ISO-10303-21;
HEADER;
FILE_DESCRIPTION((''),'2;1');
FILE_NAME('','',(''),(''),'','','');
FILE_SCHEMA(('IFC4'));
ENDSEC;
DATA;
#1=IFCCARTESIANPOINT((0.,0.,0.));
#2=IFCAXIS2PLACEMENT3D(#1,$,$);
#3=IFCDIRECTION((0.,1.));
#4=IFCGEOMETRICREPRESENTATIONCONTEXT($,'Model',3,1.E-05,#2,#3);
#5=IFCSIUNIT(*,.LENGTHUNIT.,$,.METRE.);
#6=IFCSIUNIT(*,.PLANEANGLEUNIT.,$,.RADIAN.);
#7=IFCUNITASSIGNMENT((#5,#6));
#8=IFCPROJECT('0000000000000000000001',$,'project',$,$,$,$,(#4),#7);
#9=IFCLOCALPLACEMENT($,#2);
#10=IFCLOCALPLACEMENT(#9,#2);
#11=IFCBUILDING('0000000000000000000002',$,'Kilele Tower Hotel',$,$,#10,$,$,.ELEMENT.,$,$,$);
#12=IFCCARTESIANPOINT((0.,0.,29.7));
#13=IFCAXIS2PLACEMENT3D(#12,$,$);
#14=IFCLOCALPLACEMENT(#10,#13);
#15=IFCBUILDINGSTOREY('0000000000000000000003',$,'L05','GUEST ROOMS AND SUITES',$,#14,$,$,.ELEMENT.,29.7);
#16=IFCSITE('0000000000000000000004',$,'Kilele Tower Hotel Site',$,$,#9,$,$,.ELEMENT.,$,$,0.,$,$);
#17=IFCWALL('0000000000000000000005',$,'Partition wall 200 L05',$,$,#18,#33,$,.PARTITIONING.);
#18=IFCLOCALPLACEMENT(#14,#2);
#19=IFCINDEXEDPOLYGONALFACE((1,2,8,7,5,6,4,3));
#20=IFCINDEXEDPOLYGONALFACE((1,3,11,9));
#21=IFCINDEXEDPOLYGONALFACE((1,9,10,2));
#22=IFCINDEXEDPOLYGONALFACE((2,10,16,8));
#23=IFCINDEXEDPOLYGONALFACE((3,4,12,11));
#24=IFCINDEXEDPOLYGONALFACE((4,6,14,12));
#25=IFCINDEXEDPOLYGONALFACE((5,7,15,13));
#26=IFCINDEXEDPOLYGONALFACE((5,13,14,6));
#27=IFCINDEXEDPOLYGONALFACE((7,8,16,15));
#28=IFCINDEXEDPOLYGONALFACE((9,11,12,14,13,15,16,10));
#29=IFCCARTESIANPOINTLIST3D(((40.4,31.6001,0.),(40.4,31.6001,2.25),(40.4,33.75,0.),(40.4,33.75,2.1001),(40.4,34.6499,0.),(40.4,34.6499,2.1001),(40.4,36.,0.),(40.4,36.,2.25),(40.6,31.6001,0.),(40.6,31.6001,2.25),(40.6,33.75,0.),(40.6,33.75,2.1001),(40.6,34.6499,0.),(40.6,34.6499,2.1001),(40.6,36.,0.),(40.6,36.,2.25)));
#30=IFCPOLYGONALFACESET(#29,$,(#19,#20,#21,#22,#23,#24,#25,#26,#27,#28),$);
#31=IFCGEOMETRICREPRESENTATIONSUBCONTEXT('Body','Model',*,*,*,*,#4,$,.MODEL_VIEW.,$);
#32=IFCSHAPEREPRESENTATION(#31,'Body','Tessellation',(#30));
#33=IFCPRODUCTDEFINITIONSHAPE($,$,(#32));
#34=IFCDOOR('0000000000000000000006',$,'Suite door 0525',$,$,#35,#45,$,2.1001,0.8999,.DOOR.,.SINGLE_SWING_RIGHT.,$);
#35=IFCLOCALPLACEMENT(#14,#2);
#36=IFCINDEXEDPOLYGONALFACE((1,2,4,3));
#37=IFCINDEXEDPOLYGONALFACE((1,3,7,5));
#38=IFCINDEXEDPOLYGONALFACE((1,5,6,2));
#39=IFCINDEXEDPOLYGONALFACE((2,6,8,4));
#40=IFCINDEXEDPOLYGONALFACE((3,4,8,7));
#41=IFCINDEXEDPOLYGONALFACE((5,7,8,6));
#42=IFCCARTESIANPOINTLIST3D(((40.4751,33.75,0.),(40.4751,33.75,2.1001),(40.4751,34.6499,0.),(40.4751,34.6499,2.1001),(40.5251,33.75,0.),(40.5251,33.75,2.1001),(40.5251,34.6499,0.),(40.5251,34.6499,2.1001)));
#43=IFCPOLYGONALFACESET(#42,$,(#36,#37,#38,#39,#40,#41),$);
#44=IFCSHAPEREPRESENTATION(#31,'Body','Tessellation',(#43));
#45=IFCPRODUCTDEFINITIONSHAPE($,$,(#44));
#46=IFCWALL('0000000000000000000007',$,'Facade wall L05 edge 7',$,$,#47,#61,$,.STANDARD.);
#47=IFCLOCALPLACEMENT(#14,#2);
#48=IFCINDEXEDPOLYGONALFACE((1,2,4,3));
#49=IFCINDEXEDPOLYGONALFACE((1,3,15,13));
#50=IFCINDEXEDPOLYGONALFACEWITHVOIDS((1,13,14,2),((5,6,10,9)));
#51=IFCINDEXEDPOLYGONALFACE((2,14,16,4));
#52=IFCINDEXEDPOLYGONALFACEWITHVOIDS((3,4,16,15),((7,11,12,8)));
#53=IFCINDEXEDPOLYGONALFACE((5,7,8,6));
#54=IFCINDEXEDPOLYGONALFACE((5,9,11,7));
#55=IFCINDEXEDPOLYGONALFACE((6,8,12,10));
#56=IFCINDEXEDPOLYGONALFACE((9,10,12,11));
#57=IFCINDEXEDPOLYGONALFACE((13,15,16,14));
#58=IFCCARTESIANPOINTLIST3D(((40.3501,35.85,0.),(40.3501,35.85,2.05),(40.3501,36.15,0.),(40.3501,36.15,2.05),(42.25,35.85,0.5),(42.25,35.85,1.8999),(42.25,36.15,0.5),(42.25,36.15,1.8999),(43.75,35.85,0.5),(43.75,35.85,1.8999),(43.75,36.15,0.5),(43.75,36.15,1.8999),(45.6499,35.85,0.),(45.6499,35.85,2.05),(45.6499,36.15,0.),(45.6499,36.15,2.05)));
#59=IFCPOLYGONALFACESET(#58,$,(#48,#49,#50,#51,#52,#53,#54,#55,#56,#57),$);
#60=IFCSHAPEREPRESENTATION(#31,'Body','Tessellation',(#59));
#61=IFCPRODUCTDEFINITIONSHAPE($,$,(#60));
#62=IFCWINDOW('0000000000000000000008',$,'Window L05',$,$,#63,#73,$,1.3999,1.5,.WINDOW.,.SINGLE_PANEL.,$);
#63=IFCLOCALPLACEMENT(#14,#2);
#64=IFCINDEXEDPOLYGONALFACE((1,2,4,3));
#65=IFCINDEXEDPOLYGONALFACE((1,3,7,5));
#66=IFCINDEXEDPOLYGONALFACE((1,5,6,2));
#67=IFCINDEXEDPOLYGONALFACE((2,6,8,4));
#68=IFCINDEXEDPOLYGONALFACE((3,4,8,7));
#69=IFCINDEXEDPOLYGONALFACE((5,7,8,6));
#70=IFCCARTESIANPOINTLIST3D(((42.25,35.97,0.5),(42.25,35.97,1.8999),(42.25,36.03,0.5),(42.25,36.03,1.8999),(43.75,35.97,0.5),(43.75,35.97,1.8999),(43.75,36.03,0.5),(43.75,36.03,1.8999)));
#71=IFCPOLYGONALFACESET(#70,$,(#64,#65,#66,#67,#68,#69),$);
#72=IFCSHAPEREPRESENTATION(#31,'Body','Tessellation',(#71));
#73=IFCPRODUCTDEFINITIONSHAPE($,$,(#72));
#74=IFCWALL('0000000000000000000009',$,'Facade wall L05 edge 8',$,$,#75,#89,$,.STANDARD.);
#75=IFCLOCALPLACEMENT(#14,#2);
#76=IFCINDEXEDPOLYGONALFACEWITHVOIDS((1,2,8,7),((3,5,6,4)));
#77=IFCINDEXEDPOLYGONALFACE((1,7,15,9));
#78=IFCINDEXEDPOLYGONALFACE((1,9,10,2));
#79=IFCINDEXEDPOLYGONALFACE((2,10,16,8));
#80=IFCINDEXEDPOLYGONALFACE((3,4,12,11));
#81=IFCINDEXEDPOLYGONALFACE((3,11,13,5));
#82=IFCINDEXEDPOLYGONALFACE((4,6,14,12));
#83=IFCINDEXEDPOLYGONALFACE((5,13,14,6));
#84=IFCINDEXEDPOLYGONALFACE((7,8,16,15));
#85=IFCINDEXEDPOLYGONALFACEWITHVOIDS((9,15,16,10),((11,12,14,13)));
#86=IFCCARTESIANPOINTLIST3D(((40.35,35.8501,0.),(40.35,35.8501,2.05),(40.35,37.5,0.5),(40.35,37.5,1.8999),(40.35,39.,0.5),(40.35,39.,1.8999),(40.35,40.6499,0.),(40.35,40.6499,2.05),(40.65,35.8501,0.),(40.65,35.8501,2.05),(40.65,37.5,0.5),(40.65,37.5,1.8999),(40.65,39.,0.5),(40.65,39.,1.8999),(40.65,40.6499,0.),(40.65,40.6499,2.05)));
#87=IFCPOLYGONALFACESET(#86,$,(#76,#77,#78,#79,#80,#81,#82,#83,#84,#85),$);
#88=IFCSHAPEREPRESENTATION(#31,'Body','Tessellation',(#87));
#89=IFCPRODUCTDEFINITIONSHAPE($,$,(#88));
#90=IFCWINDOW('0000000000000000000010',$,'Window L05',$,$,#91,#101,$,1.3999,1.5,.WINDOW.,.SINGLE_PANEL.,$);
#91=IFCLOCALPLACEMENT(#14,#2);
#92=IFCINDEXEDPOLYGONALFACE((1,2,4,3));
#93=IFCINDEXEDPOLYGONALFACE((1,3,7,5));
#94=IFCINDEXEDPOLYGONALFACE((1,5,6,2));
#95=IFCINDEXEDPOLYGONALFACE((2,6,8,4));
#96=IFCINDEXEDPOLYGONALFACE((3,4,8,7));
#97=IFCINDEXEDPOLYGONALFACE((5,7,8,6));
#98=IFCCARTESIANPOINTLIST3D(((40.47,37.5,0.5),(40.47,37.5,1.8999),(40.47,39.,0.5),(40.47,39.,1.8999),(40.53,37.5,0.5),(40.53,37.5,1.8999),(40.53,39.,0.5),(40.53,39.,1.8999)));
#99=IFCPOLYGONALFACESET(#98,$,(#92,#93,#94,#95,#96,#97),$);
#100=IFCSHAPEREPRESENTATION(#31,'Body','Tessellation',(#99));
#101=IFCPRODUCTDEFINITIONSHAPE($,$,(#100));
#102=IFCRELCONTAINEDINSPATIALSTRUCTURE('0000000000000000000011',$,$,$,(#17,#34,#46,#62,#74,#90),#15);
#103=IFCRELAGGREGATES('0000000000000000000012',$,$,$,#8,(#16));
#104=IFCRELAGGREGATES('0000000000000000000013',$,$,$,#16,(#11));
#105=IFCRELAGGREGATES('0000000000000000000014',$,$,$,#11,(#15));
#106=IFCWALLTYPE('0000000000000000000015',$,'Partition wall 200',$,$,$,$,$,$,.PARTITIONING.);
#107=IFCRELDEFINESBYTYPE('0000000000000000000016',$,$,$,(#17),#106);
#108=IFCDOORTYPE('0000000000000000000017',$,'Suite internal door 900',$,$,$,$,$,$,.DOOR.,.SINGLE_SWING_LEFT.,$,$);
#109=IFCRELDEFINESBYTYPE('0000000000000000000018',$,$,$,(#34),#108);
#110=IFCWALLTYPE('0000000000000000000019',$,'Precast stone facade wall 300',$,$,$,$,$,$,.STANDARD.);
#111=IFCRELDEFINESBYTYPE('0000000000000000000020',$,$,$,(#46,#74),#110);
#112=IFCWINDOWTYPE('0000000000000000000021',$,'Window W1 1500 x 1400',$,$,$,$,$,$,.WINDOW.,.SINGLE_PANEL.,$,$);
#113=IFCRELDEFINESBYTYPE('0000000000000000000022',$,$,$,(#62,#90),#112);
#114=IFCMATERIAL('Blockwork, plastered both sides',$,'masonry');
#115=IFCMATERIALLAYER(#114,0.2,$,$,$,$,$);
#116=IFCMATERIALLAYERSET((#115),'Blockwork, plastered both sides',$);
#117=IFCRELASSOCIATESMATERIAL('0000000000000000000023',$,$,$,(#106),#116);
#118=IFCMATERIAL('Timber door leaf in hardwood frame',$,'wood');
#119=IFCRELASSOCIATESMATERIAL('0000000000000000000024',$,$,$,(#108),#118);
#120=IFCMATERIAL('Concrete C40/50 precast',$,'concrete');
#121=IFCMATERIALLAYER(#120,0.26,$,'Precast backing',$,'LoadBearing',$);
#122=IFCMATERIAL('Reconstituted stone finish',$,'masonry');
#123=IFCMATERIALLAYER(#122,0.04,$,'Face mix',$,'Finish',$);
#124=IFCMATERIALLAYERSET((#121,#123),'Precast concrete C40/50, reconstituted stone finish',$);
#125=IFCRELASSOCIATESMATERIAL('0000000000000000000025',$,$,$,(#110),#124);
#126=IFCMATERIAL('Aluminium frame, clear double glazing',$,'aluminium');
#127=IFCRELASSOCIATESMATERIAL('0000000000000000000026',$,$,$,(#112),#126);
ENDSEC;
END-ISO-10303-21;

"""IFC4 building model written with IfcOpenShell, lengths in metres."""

from ifc_helpers import new_model, si_unit, direction, frame, frame_2d, origin, place, context, subcontext, project, spatial, rectangle, extrude, material, layer, layer_set, type_object, element, fill, save


model = new_model("IFC4")

# Units and contexts
model_context = context("Model", 3, precision=1e-05, world=origin(), true_north=direction((0.0, 1.0)))
body_context = subcontext(model_context, "Body", "Model", "MODEL_VIEW")
ifc_project = project(units=[si_unit("LENGTHUNIT", "METRE"), si_unit("PLANEANGLEUNIT", "RADIAN")], contexts=[model_context])

# Site, building, storey
site_placement = place(None, origin())
site = spatial("IfcSite", under=ifc_project, at=site_placement, Name="Kilele Tower Hotel Site", CompositionType="ELEMENT", RefElevation=0.0)
building_placement = place(site_placement, origin())
building = spatial("IfcBuilding", under=site, at=building_placement, Name="Kilele Tower Hotel", CompositionType="ELEMENT")
storey_placement = place(building_placement, frame((0.0, 0.0, 29.7)))
storey = spatial("IfcBuildingStorey", under=building, at=storey_placement, Name="L05", Description="GUEST ROOMS AND SUITES", CompositionType="ELEMENT", Elevation=29.7)

# Wall, opening, door
ifc_material_1 = material(Name="Blockwork, plastered both sides", Category="masonry")
ifc_layer_1 = layer(ifc_material_1, 0.2)
ifc_layer_set_1 = layer_set([ifc_layer_1], Name="Blockwork, plastered both sides")
wall_type_1 = type_object("IfcWallType", Name="Partition wall 200", PredefinedType="PARTITIONING", material=ifc_layer_set_1)
wall_1_placement = place(storey_placement, frame((40.5, 31.6001, 0.0), z_axis=(0.0, 0.0, 1.0), x_axis=(0.0, 1.0, 0.0)))
wall_1 = element("IfcWall", 1, at=wall_1_placement, inside=storey, type_object=wall_type_1, Name="Partition wall 200 L05", PredefinedType="PARTITIONING", context=body_context, shape_type="SweptSolid", body=[
    extrude(rectangle(XDim=4.3999, YDim=0.2, at=frame_2d((2.2, 0.0))), origin(), (0.0, 0.0, 1.0), 2.25),
])
opening_1_placement = place(wall_1_placement, frame((2.1499, 0.0, 0.0)))
opening_1 = element("IfcOpeningElement", 2, at=opening_1_placement, cuts=wall_1, PredefinedType="OPENING", context=body_context, shape_type="SweptSolid", body=[
    extrude(rectangle(XDim=0.8999, YDim=2.1001, at=frame_2d((0.45, 1.05))), frame((0.0, 0.1099, 0.0), z_axis=(0.0, -1.0, 0.0), x_axis=(1.0, 0.0, 0.0)), (0.0, 0.0, 1.0), 0.22),
])
ifc_material_2 = material(Name="Timber door leaf in hardwood frame", Category="wood")
door_type_1 = type_object("IfcDoorType", Name="Suite internal door 900", OperationType="SINGLE_SWING_LEFT", PredefinedType="DOOR", material=ifc_material_2)
door_1_placement = place(opening_1_placement, origin())
door_1 = element("IfcDoor", 3, at=door_1_placement, inside=storey, type_object=door_type_1, Name="Suite door 0525", OperationType="SINGLE_SWING_RIGHT", OverallHeight=2.1001, OverallWidth=0.8999, PredefinedType="DOOR", context=body_context, shape_type="SweptSolid", body=[
    extrude(rectangle(XDim=0.8999, YDim=2.1001, at=frame_2d((0.45, 1.05))), frame((0.0, 0.0249, 0.0), z_axis=(0.0, -1.0, 0.0), x_axis=(1.0, 0.0, 0.0)), (0.0, 0.0, 1.0), 0.05),
])
fill(opening_1, door_1)

# Walls, openings, windows
ifc_material_3 = material(Name="Concrete C40/50 precast", Category="concrete")
ifc_layer_2 = layer(ifc_material_3, 0.26, Name="Precast backing", Category="LoadBearing")
ifc_material_4 = material(Name="Reconstituted stone finish", Category="masonry")
ifc_layer_3 = layer(ifc_material_4, 0.04, Name="Face mix", Category="Finish")
ifc_layer_set_2 = layer_set([ifc_layer_2, ifc_layer_3], Name="Precast concrete C40/50, reconstituted stone finish")
wall_type_2 = type_object("IfcWallType", Name="Precast stone facade wall 300", PredefinedType="STANDARD", material=ifc_layer_set_2)
wall_2_placement = place(storey_placement, frame((45.6499, 36.0, 0.0), z_axis=(0.0, 0.0, 1.0), x_axis=(-1.0, 0.0, 0.0)))
wall_2 = element("IfcWall", 4, at=wall_2_placement, inside=storey, type_object=wall_type_2, Name="Facade wall L05 edge 7", PredefinedType="STANDARD", context=body_context, shape_type="SweptSolid", body=[
    extrude(rectangle(XDim=5.2998, YDim=0.3, at=frame_2d((2.6499, 0.0))), origin(), (0.0, 0.0, 1.0), 2.05),
])
opening_2_placement = place(wall_2_placement, frame((1.8999, 0.0, 0.5)))
opening_2 = element("IfcOpeningElement", 5, at=opening_2_placement, cuts=wall_2, PredefinedType="OPENING", context=body_context, shape_type="SweptSolid", body=[
    extrude(rectangle(XDim=1.5, YDim=1.3999, at=frame_2d((0.75, 0.7))), frame((0.0, 0.1599, 0.0), z_axis=(0.0, -1.0, 0.0), x_axis=(1.0, 0.0, 0.0)), (0.0, 0.0, 1.0), 0.3201),
])
ifc_material_5 = material(Name="Aluminium frame, clear double glazing", Category="aluminium")
window_type = type_object("IfcWindowType", Name="Window W1 1500 x 1400", PartitioningType="SINGLE_PANEL", PredefinedType="WINDOW", material=ifc_material_5)
window_1_placement = place(opening_2_placement, origin())
window_1 = element("IfcWindow", 6, at=window_1_placement, inside=storey, type_object=window_type, Name="Window L05", OverallHeight=1.3999, OverallWidth=1.5, PartitioningType="SINGLE_PANEL", PredefinedType="WINDOW", context=body_context, shape_type="SweptSolid", body=[
    extrude(rectangle(XDim=1.5, YDim=1.3999, at=frame_2d((0.75, 0.7))), frame((0.0, 0.03, 0.0), z_axis=(0.0, -1.0, 0.0), x_axis=(1.0, 0.0, 0.0)), (0.0, 0.0, 1.0), 0.0601),
])
fill(opening_2, window_1)
wall_3_placement = place(storey_placement, frame((40.5, 35.8501, 0.0), z_axis=(0.0, 0.0, 1.0), x_axis=(0.0, 1.0, 0.0)))
wall_3 = element("IfcWall", 7, at=wall_3_placement, inside=storey, type_object=wall_type_2, Name="Facade wall L05 edge 8", PredefinedType="STANDARD", context=body_context, shape_type="SweptSolid", body=[
    extrude(rectangle(XDim=4.7998, YDim=0.3, at=frame_2d((2.3999, 0.0))), origin(), (0.0, 0.0, 1.0), 2.05),
])
opening_3_placement = place(wall_3_placement, frame((1.6499, 0.0, 0.5)))
opening_3 = element("IfcOpeningElement", 8, at=opening_3_placement, cuts=wall_3, PredefinedType="OPENING", context=body_context, shape_type="SweptSolid", body=[
    extrude(rectangle(XDim=1.5, YDim=1.3999, at=frame_2d((0.75, 0.7))), frame((0.0, 0.1599, 0.0), z_axis=(0.0, -1.0, 0.0), x_axis=(1.0, 0.0, 0.0)), (0.0, 0.0, 1.0), 0.3201),
])
window_2_placement = place(opening_3_placement, origin())
window_2 = element("IfcWindow", 9, at=window_2_placement, inside=storey, type_object=window_type, Name="Window L05", OverallHeight=1.3999, OverallWidth=1.5, PartitioningType="SINGLE_PANEL", PredefinedType="WINDOW", context=body_context, shape_type="SweptSolid", body=[
    extrude(rectangle(XDim=1.5, YDim=1.3999, at=frame_2d((0.75, 0.7))), frame((0.0, 0.03, 0.0), z_axis=(0.0, -1.0, 0.0), x_axis=(1.0, 0.0, 0.0)), (0.0, 0.0, 1.0), 0.0601),
])
fill(opening_3, window_2)

save(model, "model.ifc")
